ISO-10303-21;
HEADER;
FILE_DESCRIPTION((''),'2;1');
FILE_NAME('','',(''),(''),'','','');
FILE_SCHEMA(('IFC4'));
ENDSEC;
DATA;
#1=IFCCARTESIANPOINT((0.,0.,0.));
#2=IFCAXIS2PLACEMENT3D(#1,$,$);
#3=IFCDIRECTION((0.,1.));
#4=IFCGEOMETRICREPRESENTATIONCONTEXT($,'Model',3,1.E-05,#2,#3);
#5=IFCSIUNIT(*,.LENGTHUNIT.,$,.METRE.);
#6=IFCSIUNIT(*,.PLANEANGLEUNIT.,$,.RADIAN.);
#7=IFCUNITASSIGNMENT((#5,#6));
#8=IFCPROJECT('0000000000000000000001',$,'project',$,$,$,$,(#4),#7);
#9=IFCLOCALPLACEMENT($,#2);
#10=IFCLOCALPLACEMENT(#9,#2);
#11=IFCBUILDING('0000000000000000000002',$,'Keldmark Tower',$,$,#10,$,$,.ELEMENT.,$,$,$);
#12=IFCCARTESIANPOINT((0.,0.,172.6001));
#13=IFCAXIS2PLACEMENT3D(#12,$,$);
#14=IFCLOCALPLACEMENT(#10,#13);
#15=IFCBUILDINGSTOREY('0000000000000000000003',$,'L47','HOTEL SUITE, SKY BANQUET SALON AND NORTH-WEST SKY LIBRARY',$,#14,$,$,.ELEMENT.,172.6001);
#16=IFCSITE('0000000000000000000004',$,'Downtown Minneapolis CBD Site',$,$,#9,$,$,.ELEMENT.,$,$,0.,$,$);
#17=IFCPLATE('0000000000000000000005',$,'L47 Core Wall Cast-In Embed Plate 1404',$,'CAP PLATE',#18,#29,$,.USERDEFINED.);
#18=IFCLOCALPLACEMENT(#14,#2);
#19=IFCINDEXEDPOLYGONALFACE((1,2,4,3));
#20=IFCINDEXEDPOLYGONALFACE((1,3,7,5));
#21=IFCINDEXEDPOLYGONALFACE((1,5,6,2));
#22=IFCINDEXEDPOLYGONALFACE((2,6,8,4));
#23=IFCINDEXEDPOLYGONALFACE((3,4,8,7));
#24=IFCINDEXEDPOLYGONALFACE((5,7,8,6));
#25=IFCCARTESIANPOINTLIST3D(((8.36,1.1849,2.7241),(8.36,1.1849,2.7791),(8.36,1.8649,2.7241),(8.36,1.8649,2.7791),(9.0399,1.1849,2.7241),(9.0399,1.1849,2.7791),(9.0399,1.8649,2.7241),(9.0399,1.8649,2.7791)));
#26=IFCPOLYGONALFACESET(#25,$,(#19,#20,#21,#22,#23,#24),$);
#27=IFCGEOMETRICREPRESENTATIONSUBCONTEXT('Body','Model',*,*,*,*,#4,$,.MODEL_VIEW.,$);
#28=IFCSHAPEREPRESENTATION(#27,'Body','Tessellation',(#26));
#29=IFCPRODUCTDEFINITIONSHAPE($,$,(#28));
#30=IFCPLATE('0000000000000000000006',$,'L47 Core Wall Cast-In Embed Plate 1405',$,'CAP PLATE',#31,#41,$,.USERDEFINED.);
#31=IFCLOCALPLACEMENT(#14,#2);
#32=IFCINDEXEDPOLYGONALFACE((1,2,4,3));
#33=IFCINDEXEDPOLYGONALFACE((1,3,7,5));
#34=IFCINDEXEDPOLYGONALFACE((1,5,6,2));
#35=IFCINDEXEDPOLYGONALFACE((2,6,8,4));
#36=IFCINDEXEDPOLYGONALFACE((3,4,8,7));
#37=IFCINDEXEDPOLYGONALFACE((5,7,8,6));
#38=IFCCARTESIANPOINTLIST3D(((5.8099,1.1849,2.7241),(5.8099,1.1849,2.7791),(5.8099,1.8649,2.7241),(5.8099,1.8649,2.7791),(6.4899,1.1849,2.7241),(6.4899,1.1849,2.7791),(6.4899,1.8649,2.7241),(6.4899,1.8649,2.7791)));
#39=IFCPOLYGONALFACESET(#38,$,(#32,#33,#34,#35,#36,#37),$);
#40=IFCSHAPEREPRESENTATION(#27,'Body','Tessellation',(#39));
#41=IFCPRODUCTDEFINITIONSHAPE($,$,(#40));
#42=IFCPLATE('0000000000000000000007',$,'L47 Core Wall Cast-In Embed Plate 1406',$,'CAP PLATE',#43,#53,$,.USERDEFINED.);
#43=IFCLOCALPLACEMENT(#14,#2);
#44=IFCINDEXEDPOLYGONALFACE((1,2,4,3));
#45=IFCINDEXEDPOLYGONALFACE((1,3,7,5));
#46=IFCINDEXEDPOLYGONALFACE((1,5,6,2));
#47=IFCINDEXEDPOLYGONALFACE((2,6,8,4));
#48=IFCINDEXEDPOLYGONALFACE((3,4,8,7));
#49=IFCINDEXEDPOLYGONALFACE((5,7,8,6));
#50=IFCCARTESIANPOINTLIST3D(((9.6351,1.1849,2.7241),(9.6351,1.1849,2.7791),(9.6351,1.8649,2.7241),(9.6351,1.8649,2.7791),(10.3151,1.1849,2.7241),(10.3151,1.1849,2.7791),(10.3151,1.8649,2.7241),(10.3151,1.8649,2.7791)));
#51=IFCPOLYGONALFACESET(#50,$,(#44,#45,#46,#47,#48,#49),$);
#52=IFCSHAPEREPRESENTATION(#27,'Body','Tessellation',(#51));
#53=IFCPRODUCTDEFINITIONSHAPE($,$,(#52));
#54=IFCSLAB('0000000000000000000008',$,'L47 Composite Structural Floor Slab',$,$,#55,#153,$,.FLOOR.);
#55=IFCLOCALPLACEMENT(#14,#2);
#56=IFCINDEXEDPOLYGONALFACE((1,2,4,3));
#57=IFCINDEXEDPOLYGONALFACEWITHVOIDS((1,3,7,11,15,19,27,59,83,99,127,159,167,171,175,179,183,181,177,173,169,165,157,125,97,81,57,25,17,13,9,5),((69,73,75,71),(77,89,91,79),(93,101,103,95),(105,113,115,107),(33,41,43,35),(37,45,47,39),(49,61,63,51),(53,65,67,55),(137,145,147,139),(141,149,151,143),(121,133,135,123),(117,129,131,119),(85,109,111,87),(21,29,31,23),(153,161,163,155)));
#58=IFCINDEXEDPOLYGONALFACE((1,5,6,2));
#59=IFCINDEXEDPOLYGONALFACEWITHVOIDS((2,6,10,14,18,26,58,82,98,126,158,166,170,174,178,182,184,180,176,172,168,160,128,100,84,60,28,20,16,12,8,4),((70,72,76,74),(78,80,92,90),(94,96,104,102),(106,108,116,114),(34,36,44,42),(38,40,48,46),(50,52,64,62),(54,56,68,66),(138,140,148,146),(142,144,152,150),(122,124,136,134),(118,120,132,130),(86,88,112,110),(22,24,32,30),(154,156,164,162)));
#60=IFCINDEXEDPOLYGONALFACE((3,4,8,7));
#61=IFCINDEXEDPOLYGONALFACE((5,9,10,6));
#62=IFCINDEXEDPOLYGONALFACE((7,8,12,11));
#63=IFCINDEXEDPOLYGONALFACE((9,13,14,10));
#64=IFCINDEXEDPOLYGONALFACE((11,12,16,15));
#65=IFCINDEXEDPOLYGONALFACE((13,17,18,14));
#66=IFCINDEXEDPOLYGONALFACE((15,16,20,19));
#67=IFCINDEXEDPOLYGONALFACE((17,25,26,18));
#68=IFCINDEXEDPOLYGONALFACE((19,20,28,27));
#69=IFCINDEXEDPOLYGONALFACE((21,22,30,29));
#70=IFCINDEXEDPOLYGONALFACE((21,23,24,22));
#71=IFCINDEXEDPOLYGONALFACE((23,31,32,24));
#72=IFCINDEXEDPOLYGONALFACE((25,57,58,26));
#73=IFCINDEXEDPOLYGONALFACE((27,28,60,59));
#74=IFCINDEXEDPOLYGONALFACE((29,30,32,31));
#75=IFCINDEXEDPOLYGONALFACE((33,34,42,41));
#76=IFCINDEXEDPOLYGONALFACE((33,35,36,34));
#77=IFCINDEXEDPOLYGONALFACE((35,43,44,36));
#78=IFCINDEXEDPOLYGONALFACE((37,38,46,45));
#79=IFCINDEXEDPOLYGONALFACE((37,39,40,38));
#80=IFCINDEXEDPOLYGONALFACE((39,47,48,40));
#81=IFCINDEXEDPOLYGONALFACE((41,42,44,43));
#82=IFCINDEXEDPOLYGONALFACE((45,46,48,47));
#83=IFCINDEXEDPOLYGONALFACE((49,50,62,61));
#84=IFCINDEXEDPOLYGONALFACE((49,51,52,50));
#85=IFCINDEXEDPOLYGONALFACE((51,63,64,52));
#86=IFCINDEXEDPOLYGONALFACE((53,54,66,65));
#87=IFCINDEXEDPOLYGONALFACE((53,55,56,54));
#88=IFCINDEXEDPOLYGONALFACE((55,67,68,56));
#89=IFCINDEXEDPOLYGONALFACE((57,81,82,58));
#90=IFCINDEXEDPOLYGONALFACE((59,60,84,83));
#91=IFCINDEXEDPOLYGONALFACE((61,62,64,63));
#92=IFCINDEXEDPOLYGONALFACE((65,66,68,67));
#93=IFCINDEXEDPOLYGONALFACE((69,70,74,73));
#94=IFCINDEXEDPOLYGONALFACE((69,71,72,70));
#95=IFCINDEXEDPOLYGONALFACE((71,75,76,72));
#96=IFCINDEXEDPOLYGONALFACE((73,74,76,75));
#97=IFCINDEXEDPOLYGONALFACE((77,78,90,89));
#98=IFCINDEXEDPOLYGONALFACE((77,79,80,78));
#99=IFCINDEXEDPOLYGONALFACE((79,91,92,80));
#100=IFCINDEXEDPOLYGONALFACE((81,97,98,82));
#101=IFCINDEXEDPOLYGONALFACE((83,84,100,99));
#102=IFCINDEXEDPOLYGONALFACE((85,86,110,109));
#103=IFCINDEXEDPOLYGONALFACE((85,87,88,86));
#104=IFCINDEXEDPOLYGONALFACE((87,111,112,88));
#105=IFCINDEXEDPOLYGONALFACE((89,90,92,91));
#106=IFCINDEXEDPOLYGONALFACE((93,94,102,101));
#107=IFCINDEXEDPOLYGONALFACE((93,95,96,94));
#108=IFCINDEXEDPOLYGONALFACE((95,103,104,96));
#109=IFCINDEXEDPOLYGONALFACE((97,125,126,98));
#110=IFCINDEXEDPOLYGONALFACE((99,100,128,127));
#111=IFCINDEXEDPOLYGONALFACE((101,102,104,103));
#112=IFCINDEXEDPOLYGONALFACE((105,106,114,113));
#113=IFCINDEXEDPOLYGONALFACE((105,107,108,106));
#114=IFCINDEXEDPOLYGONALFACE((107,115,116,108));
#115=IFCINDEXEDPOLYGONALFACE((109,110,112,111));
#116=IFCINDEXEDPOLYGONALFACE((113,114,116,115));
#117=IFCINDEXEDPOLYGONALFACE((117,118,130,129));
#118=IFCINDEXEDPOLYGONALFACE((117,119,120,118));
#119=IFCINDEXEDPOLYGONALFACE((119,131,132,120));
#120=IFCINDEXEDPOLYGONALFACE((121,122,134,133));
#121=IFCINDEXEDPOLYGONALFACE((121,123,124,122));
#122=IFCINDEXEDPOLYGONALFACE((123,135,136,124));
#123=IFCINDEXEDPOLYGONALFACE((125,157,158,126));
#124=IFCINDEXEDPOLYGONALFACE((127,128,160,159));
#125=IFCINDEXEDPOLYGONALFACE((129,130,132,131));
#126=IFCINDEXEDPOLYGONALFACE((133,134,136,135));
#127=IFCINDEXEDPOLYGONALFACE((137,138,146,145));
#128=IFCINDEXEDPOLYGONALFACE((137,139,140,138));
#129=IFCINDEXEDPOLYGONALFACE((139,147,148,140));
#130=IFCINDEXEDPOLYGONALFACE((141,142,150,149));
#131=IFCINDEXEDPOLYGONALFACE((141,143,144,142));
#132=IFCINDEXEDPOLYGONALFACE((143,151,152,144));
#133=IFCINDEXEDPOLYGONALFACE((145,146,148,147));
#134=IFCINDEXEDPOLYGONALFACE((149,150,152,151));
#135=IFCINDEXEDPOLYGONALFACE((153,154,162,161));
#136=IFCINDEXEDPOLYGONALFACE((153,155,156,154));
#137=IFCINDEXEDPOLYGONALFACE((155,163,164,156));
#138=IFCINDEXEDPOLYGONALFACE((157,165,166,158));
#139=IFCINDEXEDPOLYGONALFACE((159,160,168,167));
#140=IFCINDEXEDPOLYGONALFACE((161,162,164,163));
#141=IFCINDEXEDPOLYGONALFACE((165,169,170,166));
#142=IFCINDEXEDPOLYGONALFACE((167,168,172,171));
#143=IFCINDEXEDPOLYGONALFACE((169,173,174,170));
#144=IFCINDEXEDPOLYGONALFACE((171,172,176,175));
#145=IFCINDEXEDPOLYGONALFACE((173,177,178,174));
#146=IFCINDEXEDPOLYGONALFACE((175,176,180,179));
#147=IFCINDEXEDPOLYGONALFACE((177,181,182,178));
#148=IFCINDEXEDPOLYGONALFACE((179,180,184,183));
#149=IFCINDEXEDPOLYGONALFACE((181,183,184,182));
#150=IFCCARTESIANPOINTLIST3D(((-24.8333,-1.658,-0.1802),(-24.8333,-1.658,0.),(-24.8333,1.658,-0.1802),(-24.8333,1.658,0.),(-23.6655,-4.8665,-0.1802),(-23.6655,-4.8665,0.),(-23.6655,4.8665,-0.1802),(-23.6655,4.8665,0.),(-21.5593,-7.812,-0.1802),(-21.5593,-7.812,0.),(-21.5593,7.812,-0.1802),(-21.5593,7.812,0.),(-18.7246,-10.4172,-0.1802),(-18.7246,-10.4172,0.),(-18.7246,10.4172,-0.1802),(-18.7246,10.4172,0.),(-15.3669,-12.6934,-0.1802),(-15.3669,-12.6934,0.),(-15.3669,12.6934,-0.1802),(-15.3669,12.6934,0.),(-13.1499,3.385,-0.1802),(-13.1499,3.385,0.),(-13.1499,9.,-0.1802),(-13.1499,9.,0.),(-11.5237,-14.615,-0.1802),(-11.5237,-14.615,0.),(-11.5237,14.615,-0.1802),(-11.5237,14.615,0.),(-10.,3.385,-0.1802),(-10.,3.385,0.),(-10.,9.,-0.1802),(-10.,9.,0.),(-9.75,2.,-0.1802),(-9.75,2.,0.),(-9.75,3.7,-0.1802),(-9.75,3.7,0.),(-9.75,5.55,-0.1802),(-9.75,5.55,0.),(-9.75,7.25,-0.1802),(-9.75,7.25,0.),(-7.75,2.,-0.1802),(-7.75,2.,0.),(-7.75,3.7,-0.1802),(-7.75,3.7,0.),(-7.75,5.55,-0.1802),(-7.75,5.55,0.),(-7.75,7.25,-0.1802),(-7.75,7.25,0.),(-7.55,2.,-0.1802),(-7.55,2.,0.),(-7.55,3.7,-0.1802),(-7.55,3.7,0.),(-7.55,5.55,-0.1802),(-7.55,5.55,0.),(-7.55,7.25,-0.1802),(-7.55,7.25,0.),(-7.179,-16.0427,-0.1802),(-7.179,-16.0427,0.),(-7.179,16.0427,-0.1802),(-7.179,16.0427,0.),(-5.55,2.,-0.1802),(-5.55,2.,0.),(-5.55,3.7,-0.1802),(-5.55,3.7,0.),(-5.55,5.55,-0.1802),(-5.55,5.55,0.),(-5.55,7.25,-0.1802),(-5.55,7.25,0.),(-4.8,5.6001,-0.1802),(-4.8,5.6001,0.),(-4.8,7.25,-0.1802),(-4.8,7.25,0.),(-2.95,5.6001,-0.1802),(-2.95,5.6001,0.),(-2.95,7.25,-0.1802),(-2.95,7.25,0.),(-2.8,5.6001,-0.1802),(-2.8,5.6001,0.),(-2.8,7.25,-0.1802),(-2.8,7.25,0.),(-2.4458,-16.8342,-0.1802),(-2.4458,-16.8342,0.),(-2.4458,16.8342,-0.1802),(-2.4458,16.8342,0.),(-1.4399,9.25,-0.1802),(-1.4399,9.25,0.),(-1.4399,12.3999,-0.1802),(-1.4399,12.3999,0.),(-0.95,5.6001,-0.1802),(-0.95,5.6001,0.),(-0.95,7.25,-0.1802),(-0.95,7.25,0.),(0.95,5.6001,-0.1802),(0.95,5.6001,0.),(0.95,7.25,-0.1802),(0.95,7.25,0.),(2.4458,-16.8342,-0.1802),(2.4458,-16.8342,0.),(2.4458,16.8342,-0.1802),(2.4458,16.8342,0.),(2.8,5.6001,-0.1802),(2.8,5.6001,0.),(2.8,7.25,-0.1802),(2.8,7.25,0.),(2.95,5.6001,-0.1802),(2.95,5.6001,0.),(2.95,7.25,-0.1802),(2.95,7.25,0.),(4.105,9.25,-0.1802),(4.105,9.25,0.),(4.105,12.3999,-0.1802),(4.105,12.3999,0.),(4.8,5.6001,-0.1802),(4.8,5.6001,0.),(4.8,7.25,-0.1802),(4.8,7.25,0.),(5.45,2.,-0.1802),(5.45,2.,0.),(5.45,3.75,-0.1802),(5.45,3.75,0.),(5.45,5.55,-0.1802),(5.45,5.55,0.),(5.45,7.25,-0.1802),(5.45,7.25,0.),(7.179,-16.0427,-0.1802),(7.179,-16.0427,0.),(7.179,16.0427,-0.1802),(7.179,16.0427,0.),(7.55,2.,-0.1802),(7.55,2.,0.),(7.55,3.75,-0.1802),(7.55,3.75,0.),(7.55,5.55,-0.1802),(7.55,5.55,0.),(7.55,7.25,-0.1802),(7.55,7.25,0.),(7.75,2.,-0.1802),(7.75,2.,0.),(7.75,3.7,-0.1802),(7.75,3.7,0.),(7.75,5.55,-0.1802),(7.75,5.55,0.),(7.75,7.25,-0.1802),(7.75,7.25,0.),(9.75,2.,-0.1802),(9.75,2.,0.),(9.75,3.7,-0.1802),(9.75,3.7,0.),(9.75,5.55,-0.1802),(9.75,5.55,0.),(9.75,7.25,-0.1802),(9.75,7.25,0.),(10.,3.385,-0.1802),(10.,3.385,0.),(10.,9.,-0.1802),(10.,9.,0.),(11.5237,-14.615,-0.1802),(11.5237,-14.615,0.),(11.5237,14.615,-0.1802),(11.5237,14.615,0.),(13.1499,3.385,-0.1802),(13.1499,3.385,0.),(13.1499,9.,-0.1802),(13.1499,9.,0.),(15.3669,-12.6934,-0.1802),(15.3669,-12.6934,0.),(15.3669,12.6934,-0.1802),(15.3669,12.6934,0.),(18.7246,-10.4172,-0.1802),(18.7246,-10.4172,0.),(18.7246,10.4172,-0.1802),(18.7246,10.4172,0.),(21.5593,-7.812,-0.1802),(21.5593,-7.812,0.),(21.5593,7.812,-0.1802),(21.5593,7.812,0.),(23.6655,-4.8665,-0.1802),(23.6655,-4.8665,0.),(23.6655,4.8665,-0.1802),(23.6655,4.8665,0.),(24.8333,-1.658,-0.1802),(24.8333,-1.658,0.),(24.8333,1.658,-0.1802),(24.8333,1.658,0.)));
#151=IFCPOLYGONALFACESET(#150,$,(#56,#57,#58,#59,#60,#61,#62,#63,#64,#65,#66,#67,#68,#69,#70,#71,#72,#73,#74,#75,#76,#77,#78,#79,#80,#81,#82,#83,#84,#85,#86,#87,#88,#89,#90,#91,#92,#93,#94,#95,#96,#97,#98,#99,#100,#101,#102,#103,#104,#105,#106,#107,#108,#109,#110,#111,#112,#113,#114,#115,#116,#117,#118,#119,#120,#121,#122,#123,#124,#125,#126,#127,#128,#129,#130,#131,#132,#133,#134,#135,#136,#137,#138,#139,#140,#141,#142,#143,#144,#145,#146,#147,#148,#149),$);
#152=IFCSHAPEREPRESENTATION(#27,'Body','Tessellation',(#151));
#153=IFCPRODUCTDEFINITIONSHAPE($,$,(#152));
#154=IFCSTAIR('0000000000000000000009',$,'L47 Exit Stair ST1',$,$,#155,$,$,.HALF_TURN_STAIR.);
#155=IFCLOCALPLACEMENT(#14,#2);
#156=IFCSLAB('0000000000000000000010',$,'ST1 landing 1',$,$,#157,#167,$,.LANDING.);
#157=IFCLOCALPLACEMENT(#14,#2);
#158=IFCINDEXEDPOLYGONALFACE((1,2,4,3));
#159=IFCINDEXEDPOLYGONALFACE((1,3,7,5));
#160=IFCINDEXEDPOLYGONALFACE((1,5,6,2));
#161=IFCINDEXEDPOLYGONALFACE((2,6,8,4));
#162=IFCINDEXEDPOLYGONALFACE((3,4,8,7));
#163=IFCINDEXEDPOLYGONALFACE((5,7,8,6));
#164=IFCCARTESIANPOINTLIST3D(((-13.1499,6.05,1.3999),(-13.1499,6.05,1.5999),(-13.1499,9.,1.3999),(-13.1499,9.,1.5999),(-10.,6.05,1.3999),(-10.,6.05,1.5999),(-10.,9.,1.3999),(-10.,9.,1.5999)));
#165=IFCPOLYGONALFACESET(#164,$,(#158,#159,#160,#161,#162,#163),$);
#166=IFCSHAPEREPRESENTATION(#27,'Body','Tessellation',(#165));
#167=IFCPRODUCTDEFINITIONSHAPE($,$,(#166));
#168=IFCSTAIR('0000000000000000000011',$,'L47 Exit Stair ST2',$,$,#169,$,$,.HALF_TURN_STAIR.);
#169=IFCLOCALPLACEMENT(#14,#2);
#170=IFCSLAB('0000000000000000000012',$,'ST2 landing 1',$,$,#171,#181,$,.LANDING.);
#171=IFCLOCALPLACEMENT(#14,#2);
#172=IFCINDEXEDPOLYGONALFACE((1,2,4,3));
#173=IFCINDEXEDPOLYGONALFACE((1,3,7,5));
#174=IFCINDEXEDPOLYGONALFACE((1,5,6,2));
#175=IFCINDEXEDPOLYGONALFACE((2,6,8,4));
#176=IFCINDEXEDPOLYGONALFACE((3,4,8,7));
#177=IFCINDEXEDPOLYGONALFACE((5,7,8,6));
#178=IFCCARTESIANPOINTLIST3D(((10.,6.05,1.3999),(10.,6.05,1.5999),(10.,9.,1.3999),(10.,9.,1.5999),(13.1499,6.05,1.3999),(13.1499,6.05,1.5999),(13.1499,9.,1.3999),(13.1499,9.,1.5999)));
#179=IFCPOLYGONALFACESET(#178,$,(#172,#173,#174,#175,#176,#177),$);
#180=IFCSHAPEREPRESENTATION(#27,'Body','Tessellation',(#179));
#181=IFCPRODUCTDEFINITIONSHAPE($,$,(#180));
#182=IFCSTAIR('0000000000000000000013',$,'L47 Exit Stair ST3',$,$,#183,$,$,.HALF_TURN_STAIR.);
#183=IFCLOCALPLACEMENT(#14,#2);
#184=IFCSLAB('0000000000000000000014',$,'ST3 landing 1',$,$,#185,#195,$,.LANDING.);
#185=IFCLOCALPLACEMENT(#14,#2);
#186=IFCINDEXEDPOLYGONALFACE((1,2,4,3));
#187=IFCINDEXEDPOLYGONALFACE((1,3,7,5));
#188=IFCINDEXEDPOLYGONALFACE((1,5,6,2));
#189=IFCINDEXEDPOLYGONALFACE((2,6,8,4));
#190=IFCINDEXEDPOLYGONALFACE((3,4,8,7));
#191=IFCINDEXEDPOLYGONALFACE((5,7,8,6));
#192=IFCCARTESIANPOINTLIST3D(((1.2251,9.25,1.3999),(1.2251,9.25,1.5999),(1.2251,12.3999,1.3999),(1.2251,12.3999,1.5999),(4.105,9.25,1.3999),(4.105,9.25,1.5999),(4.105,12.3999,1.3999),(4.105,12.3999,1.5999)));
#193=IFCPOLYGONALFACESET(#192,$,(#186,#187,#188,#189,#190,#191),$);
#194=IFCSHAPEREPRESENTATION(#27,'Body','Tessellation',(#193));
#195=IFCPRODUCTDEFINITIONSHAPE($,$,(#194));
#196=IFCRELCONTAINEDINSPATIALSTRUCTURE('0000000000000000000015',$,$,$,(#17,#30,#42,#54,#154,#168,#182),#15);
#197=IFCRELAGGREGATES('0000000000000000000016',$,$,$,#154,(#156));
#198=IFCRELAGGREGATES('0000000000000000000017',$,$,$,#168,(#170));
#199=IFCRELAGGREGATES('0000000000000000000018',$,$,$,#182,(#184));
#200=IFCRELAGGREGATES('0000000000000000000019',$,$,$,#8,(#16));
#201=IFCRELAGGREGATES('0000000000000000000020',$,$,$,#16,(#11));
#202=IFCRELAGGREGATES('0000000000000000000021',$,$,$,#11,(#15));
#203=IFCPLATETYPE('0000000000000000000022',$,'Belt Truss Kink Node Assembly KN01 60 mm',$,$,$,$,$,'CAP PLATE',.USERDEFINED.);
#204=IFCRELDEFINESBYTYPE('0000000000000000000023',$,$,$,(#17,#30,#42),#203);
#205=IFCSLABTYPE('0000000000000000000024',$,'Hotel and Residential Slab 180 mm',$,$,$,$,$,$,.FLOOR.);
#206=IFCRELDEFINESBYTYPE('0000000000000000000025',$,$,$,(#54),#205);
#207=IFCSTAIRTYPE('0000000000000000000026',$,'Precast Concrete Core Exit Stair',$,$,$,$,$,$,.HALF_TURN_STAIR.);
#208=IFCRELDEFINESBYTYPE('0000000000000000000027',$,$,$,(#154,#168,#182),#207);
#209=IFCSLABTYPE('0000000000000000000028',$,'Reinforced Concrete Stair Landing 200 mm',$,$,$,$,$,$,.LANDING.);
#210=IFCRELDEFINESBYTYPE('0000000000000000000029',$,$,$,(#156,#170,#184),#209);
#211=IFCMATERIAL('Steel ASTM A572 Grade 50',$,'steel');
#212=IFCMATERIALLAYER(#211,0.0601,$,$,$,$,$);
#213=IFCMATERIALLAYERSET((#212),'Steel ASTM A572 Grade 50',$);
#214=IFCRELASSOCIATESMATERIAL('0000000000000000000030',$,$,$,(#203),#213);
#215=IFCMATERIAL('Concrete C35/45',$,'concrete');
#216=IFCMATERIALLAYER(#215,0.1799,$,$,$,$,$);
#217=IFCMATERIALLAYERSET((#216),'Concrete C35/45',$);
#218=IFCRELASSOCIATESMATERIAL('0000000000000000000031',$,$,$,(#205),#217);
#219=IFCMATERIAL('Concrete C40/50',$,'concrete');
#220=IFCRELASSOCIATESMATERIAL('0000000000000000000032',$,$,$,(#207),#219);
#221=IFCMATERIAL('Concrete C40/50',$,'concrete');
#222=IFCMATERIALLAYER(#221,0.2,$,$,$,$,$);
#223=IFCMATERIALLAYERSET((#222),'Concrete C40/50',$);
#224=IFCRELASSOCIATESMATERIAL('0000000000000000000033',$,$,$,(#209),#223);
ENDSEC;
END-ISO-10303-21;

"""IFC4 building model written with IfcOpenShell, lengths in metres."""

from ifc_helpers import new_model, si_unit, direction, frame, origin, origin_2d, place, context, subcontext, project, spatial, polyline, rectangle, outline, extrude, material, layer, layer_set, type_object, element, aggregate, save


model = new_model("IFC4")

# Units and contexts
model_context = context("Model", 3, precision=1e-05, world=origin(), true_north=direction((0.0, 1.0)))
body_context = subcontext(model_context, "Body", "Model", "MODEL_VIEW")
ifc_project = project(units=[si_unit("LENGTHUNIT", "METRE"), si_unit("PLANEANGLEUNIT", "RADIAN")], contexts=[model_context])

# Site, building, storey
site_placement = place(None, origin())
site = spatial("IfcSite", under=ifc_project, at=site_placement, Name="Downtown Minneapolis CBD Site", CompositionType="ELEMENT", RefElevation=0.0)
building_placement = place(site_placement, origin())
building = spatial("IfcBuilding", under=site, at=building_placement, Name="Keldmark Tower", CompositionType="ELEMENT")
storey_placement = place(building_placement, frame((0.0, 0.0, 172.6001)))
storey = spatial("IfcBuildingStorey", under=building, at=storey_placement, Name="L47", Description="HOTEL SUITE, SKY BANQUET SALON AND NORTH-WEST SKY LIBRARY", CompositionType="ELEMENT", Elevation=172.6001)

# Plates
ifc_material_1 = material(Name="Steel ASTM A572 Grade 50", Category="steel")
ifc_layer_1 = layer(ifc_material_1, 0.0601)
ifc_layer_set_1 = layer_set([ifc_layer_1], Name="Steel ASTM A572 Grade 50")
plate_type = type_object("IfcPlateType", Name="Belt Truss Kink Node Assembly KN01 60 mm", ElementType="CAP PLATE", PredefinedType="USERDEFINED", material=ifc_layer_set_1)
for number, where, z_axis, x_axis, name in (
    (1, (8.7, 1.5249, 2.7241), (0.0, 0.0, 1.0), (1.0, 0.0, 0.0), "L47 Core Wall Cast-In Embed Plate 1404"),
    (2, (6.1499, 1.5249, 2.7241), (0.0, 0.0, 1.0), (1.0, 0.0, 0.0), "L47 Core Wall Cast-In Embed Plate 1405"),
    (3, (9.9751, 1.5249, 2.7241), (0.0, 0.0, 1.0), (1.0, 0.0, 0.0), "L47 Core Wall Cast-In Embed Plate 1406"),
):
    element("IfcPlate", number, at=place(storey_placement, frame(where, z_axis=z_axis, x_axis=x_axis)), inside=storey, type_object=plate_type, Name=name, ObjectType="CAP PLATE", PredefinedType="USERDEFINED", context=body_context, shape_type="SweptSolid", body=[
        extrude(rectangle(XDim=0.6799, YDim=0.6799, at=origin_2d()), origin(), (0.0, 0.0, 1.0), 0.0549),
    ])

# Slab
ifc_material_2 = material(Name="Concrete C35/45", Category="concrete")
ifc_layer_2 = layer(ifc_material_2, 0.1799)
ifc_layer_set_2 = layer_set([ifc_layer_2], Name="Concrete C35/45")
slab_type_1 = type_object("IfcSlabType", Name="Hotel and Residential Slab 180 mm", PredefinedType="FLOOR", material=ifc_layer_set_2)
slab_1_placement = place(storey_placement, frame((0.0, 0.0, -0.1802)))
element("IfcSlab", 4, at=slab_1_placement, inside=storey, type_object=slab_type_1, Name="L47 Composite Structural Floor Slab", PredefinedType="FLOOR", context=body_context, shape_type="SweptSolid", body=[
    extrude(outline(polyline([(24.8333, 1.658), (23.6655, 4.8665), (21.5593, 7.812), (18.7246, 10.4172), (15.3669, 12.6934), (11.5237, 14.615), (7.179, 16.0427), (2.4458, 16.8342), (-2.4458, 16.8342), (-7.179, 16.0427), (-11.5237, 14.615), (-15.3669, 12.6934), (-18.7246, 10.4172), (-21.5593, 7.812), (-23.6655, 4.8665), (-24.8333, 1.658), (-24.8333, -1.658), (-23.6655, -4.8665), (-21.5593, -7.812), (-18.7246, -10.4172), (-15.3669, -12.6934), (-11.5237, -14.615), (-7.179, -16.0427), (-2.4458, -16.8342), (2.4458, -16.8342), (7.179, -16.0427), (11.5237, -14.615), (15.3669, -12.6934), (18.7246, -10.4172), (21.5593, -7.812), (23.6655, -4.8665), (24.8333, -1.658), (24.8333, 1.658)]), holes=[polyline([(-10.0, 3.385), (-10.0, 9.0), (-13.1499, 9.0), (-13.1499, 3.385), (-10.0, 3.385)]), polyline([(13.1499, 3.385), (13.1499, 9.0), (10.0, 9.0), (10.0, 3.385), (13.1499, 3.385)]), polyline([(-1.4399, 9.25), (4.105, 9.25), (4.105, 12.3999), (-1.4399, 12.3999), (-1.4399, 9.25)]), polyline([(-9.75, 2.0), (-7.75, 2.0), (-7.75, 3.7), (-9.75, 3.7), (-9.75, 2.0)]), polyline([(7.75, 2.0), (9.75, 2.0), (9.75, 3.7), (7.75, 3.7), (7.75, 2.0)]), polyline([(5.45, 2.0), (7.55, 2.0), (7.55, 3.75), (5.45, 3.75), (5.45, 2.0)]), polyline([(-4.8, 5.6001), (-2.95, 5.6001), (-2.95, 7.25), (-4.8, 7.25), (-4.8, 5.6001)]), polyline([(-2.8, 5.6001), (-0.95, 5.6001), (-0.95, 7.25), (-2.8, 7.25), (-2.8, 5.6001)]), polyline([(0.95, 5.6001), (2.8, 5.6001), (2.8, 7.25), (0.95, 7.25), (0.95, 5.6001)]), polyline([(2.95, 5.6001), (4.8, 5.6001), (4.8, 7.25), (2.95, 7.25), (2.95, 5.6001)]), polyline([(-9.75, 5.55), (-7.75, 5.55), (-7.75, 7.25), (-9.75, 7.25), (-9.75, 5.55)]), polyline([(-7.55, 5.55), (-5.55, 5.55), (-5.55, 7.25), (-7.55, 7.25), (-7.55, 5.55)]), polyline([(-7.55, 2.0), (-5.55, 2.0), (-5.55, 3.7), (-7.55, 3.7), (-7.55, 2.0)]), polyline([(5.45, 5.55), (7.55, 5.55), (7.55, 7.25), (5.45, 7.25), (5.45, 5.55)]), polyline([(7.75, 5.55), (9.75, 5.55), (9.75, 7.25), (7.75, 7.25), (7.75, 5.55)])]), origin(), (0.0, 0.0, 1.0), 0.1802),
])

# Stairs, slabs
ifc_material_3 = material(Name="Concrete C40/50", Category="concrete")
stair_type = type_object("IfcStairType", Name="Precast Concrete Core Exit Stair", PredefinedType="HALF_TURN_STAIR", material=ifc_material_3)
stair_1_placement = place(storey_placement, origin())
stair_1 = element("IfcStair", 5, at=stair_1_placement, inside=storey, type_object=stair_type, Name="L47 Exit Stair ST1", PredefinedType="HALF_TURN_STAIR")
ifc_material_4 = material(Name="Concrete C40/50", Category="concrete")
ifc_layer_3 = layer(ifc_material_4, 0.2)
ifc_layer_set_3 = layer_set([ifc_layer_3], Name="Concrete C40/50")
slab_type_2 = type_object("IfcSlabType", Name="Reinforced Concrete Stair Landing 200 mm", PredefinedType="LANDING", material=ifc_layer_set_3)
slab_2_placement = place(storey_placement, frame((0.0, 0.0, 1.3999)))
slab_2 = element("IfcSlab", 6, at=slab_2_placement, type_object=slab_type_2, Name="ST1 landing 1", PredefinedType="LANDING", context=body_context, shape_type="SweptSolid", body=[
    extrude(outline(polyline([(-10.0, 6.05), (-10.0, 9.0), (-13.1499, 9.0), (-13.1499, 6.05), (-10.0, 6.05)])), origin(), (0.0, 0.0, 1.0), 0.2),
])
aggregate(stair_1, [slab_2])
stair_2_placement = place(storey_placement, origin())
stair_2 = element("IfcStair", 7, at=stair_2_placement, inside=storey, type_object=stair_type, Name="L47 Exit Stair ST2", PredefinedType="HALF_TURN_STAIR")
slab_3_placement = place(storey_placement, frame((0.0, 0.0, 1.3999)))
slab_3 = element("IfcSlab", 8, at=slab_3_placement, type_object=slab_type_2, Name="ST2 landing 1", PredefinedType="LANDING", context=body_context, shape_type="SweptSolid", body=[
    extrude(outline(polyline([(13.1499, 6.05), (13.1499, 9.0), (10.0, 9.0), (10.0, 6.05), (13.1499, 6.05)])), origin(), (0.0, 0.0, 1.0), 0.2),
])
aggregate(stair_2, [slab_3])
stair_3_placement = place(storey_placement, origin())
stair_3 = element("IfcStair", 9, at=stair_3_placement, inside=storey, type_object=stair_type, Name="L47 Exit Stair ST3", PredefinedType="HALF_TURN_STAIR")
slab_4_placement = place(storey_placement, frame((0.0, 0.0, 1.3999)))
slab_4 = element("IfcSlab", 10, at=slab_4_placement, type_object=slab_type_2, Name="ST3 landing 1", PredefinedType="LANDING", context=body_context, shape_type="SweptSolid", body=[
    extrude(outline(polyline([(1.2251, 9.25), (4.105, 9.25), (4.105, 12.3999), (1.2251, 12.3999), (1.2251, 9.25)])), origin(), (0.0, 0.0, 1.0), 0.2),
])
aggregate(stair_3, [slab_4])

save(model, "model.ifc")
